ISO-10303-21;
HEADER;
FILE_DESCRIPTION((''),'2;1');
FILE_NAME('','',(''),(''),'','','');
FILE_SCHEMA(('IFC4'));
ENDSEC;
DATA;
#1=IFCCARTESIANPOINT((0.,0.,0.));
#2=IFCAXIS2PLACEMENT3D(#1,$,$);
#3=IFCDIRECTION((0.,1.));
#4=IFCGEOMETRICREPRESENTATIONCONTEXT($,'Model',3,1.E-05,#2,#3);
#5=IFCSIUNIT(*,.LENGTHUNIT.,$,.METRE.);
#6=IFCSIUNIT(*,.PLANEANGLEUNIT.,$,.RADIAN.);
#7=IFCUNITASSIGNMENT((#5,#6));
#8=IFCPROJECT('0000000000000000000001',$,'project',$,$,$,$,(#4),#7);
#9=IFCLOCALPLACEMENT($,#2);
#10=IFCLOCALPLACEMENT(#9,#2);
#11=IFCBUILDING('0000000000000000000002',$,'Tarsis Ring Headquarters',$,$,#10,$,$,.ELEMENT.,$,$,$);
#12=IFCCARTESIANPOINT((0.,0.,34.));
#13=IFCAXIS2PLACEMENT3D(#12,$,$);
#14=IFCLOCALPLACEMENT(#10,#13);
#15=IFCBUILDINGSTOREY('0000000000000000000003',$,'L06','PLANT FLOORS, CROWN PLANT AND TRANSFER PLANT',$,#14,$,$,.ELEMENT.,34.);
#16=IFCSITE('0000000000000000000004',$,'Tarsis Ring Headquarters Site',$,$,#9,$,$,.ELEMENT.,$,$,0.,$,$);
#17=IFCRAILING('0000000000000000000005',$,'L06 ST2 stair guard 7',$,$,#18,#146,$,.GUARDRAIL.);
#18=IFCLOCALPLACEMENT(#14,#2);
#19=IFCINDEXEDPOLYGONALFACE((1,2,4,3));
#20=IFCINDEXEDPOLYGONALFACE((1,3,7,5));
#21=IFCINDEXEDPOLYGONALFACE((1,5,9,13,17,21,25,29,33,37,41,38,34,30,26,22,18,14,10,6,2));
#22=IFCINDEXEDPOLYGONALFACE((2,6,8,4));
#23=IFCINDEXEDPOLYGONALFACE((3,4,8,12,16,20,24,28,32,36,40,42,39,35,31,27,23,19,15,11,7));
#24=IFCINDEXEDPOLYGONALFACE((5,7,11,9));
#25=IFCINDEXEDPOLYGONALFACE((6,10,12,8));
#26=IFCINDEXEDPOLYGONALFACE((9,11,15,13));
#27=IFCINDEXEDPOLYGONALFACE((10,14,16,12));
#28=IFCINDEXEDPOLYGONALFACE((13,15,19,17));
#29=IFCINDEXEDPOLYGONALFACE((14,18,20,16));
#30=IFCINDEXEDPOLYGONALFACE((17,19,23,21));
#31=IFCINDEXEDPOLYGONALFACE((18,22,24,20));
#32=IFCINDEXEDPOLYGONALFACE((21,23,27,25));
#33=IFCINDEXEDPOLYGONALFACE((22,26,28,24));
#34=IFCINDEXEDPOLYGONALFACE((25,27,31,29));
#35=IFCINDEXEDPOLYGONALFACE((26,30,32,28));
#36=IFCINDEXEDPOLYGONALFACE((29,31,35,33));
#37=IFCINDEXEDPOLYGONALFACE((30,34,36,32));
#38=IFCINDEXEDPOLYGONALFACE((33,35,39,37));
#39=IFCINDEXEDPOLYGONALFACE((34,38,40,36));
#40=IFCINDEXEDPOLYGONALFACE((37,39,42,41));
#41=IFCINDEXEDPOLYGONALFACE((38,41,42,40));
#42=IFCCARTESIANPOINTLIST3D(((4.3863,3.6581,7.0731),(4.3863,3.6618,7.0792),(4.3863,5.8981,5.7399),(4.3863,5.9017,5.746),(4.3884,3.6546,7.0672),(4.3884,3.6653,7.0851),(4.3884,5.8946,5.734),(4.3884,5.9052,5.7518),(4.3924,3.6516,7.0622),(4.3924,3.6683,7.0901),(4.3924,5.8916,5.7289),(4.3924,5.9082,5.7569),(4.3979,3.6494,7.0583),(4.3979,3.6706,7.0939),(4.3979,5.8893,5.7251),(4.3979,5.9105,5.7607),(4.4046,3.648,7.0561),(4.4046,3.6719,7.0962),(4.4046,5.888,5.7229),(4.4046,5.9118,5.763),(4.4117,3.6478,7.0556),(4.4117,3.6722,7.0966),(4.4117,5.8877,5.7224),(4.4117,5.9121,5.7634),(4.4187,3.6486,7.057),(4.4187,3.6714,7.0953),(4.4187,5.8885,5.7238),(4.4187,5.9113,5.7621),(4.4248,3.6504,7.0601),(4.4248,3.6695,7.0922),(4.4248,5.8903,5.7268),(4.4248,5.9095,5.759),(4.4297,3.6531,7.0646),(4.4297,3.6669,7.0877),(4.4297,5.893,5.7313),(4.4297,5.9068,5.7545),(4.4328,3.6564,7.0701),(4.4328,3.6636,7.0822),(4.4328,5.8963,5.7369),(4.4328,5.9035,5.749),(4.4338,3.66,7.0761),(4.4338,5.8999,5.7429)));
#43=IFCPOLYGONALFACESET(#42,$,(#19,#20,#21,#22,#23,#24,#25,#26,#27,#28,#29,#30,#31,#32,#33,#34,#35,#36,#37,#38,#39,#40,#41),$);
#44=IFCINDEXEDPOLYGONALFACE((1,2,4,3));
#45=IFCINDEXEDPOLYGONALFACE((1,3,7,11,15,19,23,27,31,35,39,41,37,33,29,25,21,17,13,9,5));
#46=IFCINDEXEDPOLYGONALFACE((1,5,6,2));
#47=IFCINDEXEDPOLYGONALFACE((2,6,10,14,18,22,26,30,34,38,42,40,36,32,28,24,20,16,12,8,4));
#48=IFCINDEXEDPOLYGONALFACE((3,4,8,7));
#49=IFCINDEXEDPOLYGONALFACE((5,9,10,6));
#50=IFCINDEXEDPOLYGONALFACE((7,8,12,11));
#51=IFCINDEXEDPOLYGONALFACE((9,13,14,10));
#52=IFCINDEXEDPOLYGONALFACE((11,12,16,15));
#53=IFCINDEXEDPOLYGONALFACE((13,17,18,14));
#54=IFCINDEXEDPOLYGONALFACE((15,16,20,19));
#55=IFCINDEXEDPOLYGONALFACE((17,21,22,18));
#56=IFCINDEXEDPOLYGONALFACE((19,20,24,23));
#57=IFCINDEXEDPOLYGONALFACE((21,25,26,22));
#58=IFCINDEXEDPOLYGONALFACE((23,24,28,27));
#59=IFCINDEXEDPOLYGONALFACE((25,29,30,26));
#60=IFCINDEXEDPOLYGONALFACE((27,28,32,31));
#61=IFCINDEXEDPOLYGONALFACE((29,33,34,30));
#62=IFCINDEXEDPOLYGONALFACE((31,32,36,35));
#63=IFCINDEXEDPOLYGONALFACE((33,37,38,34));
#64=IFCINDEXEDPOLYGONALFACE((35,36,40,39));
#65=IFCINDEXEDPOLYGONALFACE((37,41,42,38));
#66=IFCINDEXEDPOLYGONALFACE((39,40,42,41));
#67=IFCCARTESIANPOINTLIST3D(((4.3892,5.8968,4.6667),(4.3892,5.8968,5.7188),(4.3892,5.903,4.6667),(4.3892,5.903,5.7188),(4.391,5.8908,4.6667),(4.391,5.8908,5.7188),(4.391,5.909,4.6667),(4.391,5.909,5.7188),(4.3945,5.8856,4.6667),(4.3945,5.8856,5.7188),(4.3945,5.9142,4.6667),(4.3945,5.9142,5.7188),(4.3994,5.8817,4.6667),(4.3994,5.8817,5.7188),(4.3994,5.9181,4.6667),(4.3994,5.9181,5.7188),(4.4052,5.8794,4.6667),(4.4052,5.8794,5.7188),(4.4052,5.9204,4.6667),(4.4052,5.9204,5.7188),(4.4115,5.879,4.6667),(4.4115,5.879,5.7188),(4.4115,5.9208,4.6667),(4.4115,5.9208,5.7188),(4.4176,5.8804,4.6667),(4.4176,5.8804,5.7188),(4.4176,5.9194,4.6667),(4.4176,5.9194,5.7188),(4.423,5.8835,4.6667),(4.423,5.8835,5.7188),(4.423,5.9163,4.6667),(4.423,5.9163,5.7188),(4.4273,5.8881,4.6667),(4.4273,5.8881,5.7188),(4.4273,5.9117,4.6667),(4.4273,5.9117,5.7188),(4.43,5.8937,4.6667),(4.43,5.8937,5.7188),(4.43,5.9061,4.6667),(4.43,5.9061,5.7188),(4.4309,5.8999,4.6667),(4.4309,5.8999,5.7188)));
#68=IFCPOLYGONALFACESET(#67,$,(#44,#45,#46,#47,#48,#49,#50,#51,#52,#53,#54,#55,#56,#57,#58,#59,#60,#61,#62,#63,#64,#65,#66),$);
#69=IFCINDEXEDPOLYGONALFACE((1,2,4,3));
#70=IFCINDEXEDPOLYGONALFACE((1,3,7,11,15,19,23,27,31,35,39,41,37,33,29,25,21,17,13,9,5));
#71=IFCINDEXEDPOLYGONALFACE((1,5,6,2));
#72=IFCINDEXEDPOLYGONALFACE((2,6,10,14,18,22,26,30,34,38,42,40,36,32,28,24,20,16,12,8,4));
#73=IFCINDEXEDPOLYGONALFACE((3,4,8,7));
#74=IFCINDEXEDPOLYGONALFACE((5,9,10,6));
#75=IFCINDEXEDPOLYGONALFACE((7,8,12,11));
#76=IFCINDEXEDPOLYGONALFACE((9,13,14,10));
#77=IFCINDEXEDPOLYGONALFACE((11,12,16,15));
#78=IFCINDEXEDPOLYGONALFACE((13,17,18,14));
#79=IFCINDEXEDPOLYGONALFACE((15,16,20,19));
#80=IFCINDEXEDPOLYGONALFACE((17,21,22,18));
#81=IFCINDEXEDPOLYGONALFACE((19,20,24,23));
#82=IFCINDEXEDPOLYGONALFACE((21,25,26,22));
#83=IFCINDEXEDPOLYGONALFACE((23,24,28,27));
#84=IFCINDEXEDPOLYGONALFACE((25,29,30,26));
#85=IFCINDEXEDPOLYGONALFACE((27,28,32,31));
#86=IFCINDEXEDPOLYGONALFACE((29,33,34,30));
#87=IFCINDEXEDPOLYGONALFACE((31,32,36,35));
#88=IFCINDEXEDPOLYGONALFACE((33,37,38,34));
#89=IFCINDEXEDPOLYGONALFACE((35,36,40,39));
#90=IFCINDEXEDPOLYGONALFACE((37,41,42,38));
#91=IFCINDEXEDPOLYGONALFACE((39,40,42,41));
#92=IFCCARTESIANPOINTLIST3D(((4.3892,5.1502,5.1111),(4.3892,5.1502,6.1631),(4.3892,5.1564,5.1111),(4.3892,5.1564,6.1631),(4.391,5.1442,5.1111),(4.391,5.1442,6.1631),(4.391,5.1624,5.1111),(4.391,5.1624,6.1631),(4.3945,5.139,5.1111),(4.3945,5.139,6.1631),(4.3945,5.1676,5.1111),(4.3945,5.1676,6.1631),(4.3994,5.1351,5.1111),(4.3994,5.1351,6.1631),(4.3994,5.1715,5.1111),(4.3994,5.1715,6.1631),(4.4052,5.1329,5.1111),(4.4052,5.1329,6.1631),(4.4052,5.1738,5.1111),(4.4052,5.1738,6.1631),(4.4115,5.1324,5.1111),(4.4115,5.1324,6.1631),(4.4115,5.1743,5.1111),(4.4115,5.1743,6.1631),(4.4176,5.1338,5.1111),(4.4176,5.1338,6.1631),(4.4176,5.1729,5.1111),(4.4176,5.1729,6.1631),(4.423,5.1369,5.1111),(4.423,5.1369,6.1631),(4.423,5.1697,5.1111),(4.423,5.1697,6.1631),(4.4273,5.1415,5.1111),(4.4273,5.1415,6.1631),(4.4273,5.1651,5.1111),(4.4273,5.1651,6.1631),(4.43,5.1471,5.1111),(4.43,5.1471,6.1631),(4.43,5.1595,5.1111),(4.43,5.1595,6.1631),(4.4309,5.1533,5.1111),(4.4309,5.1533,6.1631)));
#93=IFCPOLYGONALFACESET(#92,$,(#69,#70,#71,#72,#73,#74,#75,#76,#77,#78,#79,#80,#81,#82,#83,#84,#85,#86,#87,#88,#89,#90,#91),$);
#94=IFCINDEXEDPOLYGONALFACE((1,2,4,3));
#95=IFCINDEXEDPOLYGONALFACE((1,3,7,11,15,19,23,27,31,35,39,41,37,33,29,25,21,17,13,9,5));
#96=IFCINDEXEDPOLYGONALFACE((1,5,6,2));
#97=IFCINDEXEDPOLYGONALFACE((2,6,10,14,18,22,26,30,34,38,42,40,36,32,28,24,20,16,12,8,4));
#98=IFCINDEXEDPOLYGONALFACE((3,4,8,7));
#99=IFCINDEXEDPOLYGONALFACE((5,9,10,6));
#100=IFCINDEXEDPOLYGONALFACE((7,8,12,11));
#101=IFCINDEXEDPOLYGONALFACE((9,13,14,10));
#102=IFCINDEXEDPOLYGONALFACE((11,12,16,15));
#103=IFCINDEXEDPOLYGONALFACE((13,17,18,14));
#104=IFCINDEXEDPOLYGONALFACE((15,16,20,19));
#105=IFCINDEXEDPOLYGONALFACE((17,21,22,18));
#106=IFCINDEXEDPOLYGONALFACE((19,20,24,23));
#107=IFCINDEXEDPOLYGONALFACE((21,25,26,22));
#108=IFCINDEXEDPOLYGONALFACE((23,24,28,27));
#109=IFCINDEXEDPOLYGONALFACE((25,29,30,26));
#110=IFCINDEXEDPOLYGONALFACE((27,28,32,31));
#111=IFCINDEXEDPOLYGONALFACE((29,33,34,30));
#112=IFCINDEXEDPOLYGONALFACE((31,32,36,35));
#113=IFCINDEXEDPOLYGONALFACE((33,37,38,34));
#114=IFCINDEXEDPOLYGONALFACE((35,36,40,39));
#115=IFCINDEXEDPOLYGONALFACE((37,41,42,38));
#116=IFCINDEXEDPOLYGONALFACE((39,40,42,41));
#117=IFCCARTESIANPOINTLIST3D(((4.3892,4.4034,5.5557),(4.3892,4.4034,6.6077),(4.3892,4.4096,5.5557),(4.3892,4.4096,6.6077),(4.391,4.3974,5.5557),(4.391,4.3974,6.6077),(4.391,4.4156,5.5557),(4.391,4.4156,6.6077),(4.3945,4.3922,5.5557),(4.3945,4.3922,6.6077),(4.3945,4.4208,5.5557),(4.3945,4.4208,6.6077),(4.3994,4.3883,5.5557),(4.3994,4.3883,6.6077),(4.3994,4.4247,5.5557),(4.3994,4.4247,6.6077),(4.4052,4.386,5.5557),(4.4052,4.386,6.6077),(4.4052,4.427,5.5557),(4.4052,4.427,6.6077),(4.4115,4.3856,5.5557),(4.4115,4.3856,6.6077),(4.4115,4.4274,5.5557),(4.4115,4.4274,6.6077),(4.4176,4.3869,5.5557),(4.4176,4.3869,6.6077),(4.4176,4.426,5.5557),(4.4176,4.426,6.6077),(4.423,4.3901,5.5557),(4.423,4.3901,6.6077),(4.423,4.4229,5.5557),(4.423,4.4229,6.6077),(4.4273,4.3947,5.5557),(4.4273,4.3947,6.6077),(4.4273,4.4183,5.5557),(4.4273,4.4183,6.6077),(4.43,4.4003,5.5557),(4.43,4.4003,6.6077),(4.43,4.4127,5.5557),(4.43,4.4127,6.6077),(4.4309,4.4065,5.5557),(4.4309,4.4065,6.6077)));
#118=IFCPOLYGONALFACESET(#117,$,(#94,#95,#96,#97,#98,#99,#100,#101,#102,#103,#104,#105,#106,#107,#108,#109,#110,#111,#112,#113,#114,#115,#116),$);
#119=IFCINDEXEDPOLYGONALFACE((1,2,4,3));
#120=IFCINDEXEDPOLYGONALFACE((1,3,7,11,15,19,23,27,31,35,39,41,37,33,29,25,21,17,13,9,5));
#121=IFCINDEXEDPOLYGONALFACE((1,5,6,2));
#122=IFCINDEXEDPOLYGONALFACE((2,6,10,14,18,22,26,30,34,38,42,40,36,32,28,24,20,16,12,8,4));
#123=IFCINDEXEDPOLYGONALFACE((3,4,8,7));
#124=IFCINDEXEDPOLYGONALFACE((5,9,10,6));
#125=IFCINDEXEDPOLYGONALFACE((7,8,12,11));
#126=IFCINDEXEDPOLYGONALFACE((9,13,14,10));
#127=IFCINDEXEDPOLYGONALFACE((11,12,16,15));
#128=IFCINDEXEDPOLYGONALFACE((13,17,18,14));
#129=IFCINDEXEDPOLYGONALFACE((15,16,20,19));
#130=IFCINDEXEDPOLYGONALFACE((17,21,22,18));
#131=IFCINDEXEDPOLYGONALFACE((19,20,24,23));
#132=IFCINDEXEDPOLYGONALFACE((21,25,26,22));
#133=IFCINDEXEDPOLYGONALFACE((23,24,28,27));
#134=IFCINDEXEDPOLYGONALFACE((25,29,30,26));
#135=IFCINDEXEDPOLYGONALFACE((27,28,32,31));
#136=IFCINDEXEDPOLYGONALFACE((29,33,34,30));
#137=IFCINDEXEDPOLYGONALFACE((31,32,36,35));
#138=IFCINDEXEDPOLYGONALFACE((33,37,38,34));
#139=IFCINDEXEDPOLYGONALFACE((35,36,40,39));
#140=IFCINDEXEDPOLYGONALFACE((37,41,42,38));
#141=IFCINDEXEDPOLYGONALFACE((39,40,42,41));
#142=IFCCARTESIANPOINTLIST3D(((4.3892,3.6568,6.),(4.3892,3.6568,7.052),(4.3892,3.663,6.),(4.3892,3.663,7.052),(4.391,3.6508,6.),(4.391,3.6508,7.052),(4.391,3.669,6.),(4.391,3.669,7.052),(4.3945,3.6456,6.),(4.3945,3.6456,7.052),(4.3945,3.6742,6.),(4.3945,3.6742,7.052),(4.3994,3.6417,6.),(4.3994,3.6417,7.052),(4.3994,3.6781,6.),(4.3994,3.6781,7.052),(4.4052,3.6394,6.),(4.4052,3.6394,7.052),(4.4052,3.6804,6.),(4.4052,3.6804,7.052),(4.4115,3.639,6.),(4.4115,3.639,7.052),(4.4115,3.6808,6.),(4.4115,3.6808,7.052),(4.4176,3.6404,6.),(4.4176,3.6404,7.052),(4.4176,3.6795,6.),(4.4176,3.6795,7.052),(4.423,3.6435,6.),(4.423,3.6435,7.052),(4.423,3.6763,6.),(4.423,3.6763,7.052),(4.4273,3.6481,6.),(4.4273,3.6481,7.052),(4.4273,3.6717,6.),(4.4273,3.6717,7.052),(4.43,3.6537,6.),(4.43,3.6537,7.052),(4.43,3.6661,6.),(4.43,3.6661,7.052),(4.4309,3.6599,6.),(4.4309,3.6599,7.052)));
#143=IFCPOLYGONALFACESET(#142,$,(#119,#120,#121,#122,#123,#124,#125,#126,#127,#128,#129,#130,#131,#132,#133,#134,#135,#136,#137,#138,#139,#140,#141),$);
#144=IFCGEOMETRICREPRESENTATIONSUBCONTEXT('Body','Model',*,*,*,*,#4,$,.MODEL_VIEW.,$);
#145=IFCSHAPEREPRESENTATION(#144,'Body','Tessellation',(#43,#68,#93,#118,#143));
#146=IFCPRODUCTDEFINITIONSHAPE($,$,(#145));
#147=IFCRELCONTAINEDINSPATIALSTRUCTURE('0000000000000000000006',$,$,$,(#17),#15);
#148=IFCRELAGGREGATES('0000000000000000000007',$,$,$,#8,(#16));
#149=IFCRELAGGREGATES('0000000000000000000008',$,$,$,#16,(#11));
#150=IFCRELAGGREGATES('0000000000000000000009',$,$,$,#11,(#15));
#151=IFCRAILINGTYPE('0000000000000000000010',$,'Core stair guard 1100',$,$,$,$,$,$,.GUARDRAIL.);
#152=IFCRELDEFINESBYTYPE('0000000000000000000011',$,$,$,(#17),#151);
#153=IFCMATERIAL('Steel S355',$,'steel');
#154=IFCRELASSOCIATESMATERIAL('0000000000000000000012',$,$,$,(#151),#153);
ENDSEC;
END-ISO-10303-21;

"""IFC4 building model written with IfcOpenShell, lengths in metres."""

from ifc_helpers import new_model, si_unit, direction, frame, origin, origin_2d, place, context, subcontext, project, spatial, circle, extrude, material, type_object, element, save


model = new_model("IFC4")

# Units and contexts
model_context = context("Model", 3, precision=1e-05, world=origin(), true_north=direction((0.0, 1.0)))
body_context = subcontext(model_context, "Body", "Model", "MODEL_VIEW")
ifc_project = project(units=[si_unit("LENGTHUNIT", "METRE"), si_unit("PLANEANGLEUNIT", "RADIAN")], contexts=[model_context])

# Site, building, storey
site_placement = place(None, origin())
site = spatial("IfcSite", under=ifc_project, at=site_placement, Name="Tarsis Ring Headquarters Site", CompositionType="ELEMENT", RefElevation=0.0)
building_placement = place(site_placement, origin())
building = spatial("IfcBuilding", under=site, at=building_placement, Name="Tarsis Ring Headquarters", CompositionType="ELEMENT")
storey_placement = place(building_placement, frame((0.0, 0.0, 34.0)))
storey = spatial("IfcBuildingStorey", under=building, at=storey_placement, Name="L06", Description="PLANT FLOORS, CROWN PLANT AND TRANSFER PLANT", CompositionType="ELEMENT", Elevation=34.0)

# Railing
ifc_material_1 = material(Name="Steel S355", Category="steel")
railing_type_1 = type_object("IfcRailingType", Name="Core stair guard 1100", PredefinedType="GUARDRAIL", material=ifc_material_1)
railing_1_placement = place(storey_placement, frame((4.4099, 5.8999, 4.6667)))
element("IfcRailing", 1, at=railing_1_placement, inside=storey, type_object=railing_type_1, Name="L06 ST2 stair guard 7", PredefinedType="GUARDRAIL", context=body_context, shape_type="SweptSolid", body=[
    extrude(circle(Radius=0.0239, at=origin_2d()), frame((0.0, 0.0, 1.0762), z_axis=(0.0, -0.859306, 0.511462), x_axis=(1.0, 0.0, 0.0)), (0.0, 0.0, 1.0), 2.6067),
    extrude(circle(Radius=0.021, at=origin_2d()), origin(), (0.0, 0.0, 1.0), 1.052),
    extrude(circle(Radius=0.021, at=origin_2d()), frame((0.0, -0.7466, 0.4443)), (0.0, 0.0, 1.0), 1.052),
    extrude(circle(Radius=0.021, at=origin_2d()), frame((0.0, -1.4934, 0.8889)), (0.0, 0.0, 1.0), 1.052),
    extrude(circle(Radius=0.021, at=origin_2d()), frame((0.0, -2.24, 1.3333)), (0.0, 0.0, 1.0), 1.052),
])

save(model, "model.ifc")
